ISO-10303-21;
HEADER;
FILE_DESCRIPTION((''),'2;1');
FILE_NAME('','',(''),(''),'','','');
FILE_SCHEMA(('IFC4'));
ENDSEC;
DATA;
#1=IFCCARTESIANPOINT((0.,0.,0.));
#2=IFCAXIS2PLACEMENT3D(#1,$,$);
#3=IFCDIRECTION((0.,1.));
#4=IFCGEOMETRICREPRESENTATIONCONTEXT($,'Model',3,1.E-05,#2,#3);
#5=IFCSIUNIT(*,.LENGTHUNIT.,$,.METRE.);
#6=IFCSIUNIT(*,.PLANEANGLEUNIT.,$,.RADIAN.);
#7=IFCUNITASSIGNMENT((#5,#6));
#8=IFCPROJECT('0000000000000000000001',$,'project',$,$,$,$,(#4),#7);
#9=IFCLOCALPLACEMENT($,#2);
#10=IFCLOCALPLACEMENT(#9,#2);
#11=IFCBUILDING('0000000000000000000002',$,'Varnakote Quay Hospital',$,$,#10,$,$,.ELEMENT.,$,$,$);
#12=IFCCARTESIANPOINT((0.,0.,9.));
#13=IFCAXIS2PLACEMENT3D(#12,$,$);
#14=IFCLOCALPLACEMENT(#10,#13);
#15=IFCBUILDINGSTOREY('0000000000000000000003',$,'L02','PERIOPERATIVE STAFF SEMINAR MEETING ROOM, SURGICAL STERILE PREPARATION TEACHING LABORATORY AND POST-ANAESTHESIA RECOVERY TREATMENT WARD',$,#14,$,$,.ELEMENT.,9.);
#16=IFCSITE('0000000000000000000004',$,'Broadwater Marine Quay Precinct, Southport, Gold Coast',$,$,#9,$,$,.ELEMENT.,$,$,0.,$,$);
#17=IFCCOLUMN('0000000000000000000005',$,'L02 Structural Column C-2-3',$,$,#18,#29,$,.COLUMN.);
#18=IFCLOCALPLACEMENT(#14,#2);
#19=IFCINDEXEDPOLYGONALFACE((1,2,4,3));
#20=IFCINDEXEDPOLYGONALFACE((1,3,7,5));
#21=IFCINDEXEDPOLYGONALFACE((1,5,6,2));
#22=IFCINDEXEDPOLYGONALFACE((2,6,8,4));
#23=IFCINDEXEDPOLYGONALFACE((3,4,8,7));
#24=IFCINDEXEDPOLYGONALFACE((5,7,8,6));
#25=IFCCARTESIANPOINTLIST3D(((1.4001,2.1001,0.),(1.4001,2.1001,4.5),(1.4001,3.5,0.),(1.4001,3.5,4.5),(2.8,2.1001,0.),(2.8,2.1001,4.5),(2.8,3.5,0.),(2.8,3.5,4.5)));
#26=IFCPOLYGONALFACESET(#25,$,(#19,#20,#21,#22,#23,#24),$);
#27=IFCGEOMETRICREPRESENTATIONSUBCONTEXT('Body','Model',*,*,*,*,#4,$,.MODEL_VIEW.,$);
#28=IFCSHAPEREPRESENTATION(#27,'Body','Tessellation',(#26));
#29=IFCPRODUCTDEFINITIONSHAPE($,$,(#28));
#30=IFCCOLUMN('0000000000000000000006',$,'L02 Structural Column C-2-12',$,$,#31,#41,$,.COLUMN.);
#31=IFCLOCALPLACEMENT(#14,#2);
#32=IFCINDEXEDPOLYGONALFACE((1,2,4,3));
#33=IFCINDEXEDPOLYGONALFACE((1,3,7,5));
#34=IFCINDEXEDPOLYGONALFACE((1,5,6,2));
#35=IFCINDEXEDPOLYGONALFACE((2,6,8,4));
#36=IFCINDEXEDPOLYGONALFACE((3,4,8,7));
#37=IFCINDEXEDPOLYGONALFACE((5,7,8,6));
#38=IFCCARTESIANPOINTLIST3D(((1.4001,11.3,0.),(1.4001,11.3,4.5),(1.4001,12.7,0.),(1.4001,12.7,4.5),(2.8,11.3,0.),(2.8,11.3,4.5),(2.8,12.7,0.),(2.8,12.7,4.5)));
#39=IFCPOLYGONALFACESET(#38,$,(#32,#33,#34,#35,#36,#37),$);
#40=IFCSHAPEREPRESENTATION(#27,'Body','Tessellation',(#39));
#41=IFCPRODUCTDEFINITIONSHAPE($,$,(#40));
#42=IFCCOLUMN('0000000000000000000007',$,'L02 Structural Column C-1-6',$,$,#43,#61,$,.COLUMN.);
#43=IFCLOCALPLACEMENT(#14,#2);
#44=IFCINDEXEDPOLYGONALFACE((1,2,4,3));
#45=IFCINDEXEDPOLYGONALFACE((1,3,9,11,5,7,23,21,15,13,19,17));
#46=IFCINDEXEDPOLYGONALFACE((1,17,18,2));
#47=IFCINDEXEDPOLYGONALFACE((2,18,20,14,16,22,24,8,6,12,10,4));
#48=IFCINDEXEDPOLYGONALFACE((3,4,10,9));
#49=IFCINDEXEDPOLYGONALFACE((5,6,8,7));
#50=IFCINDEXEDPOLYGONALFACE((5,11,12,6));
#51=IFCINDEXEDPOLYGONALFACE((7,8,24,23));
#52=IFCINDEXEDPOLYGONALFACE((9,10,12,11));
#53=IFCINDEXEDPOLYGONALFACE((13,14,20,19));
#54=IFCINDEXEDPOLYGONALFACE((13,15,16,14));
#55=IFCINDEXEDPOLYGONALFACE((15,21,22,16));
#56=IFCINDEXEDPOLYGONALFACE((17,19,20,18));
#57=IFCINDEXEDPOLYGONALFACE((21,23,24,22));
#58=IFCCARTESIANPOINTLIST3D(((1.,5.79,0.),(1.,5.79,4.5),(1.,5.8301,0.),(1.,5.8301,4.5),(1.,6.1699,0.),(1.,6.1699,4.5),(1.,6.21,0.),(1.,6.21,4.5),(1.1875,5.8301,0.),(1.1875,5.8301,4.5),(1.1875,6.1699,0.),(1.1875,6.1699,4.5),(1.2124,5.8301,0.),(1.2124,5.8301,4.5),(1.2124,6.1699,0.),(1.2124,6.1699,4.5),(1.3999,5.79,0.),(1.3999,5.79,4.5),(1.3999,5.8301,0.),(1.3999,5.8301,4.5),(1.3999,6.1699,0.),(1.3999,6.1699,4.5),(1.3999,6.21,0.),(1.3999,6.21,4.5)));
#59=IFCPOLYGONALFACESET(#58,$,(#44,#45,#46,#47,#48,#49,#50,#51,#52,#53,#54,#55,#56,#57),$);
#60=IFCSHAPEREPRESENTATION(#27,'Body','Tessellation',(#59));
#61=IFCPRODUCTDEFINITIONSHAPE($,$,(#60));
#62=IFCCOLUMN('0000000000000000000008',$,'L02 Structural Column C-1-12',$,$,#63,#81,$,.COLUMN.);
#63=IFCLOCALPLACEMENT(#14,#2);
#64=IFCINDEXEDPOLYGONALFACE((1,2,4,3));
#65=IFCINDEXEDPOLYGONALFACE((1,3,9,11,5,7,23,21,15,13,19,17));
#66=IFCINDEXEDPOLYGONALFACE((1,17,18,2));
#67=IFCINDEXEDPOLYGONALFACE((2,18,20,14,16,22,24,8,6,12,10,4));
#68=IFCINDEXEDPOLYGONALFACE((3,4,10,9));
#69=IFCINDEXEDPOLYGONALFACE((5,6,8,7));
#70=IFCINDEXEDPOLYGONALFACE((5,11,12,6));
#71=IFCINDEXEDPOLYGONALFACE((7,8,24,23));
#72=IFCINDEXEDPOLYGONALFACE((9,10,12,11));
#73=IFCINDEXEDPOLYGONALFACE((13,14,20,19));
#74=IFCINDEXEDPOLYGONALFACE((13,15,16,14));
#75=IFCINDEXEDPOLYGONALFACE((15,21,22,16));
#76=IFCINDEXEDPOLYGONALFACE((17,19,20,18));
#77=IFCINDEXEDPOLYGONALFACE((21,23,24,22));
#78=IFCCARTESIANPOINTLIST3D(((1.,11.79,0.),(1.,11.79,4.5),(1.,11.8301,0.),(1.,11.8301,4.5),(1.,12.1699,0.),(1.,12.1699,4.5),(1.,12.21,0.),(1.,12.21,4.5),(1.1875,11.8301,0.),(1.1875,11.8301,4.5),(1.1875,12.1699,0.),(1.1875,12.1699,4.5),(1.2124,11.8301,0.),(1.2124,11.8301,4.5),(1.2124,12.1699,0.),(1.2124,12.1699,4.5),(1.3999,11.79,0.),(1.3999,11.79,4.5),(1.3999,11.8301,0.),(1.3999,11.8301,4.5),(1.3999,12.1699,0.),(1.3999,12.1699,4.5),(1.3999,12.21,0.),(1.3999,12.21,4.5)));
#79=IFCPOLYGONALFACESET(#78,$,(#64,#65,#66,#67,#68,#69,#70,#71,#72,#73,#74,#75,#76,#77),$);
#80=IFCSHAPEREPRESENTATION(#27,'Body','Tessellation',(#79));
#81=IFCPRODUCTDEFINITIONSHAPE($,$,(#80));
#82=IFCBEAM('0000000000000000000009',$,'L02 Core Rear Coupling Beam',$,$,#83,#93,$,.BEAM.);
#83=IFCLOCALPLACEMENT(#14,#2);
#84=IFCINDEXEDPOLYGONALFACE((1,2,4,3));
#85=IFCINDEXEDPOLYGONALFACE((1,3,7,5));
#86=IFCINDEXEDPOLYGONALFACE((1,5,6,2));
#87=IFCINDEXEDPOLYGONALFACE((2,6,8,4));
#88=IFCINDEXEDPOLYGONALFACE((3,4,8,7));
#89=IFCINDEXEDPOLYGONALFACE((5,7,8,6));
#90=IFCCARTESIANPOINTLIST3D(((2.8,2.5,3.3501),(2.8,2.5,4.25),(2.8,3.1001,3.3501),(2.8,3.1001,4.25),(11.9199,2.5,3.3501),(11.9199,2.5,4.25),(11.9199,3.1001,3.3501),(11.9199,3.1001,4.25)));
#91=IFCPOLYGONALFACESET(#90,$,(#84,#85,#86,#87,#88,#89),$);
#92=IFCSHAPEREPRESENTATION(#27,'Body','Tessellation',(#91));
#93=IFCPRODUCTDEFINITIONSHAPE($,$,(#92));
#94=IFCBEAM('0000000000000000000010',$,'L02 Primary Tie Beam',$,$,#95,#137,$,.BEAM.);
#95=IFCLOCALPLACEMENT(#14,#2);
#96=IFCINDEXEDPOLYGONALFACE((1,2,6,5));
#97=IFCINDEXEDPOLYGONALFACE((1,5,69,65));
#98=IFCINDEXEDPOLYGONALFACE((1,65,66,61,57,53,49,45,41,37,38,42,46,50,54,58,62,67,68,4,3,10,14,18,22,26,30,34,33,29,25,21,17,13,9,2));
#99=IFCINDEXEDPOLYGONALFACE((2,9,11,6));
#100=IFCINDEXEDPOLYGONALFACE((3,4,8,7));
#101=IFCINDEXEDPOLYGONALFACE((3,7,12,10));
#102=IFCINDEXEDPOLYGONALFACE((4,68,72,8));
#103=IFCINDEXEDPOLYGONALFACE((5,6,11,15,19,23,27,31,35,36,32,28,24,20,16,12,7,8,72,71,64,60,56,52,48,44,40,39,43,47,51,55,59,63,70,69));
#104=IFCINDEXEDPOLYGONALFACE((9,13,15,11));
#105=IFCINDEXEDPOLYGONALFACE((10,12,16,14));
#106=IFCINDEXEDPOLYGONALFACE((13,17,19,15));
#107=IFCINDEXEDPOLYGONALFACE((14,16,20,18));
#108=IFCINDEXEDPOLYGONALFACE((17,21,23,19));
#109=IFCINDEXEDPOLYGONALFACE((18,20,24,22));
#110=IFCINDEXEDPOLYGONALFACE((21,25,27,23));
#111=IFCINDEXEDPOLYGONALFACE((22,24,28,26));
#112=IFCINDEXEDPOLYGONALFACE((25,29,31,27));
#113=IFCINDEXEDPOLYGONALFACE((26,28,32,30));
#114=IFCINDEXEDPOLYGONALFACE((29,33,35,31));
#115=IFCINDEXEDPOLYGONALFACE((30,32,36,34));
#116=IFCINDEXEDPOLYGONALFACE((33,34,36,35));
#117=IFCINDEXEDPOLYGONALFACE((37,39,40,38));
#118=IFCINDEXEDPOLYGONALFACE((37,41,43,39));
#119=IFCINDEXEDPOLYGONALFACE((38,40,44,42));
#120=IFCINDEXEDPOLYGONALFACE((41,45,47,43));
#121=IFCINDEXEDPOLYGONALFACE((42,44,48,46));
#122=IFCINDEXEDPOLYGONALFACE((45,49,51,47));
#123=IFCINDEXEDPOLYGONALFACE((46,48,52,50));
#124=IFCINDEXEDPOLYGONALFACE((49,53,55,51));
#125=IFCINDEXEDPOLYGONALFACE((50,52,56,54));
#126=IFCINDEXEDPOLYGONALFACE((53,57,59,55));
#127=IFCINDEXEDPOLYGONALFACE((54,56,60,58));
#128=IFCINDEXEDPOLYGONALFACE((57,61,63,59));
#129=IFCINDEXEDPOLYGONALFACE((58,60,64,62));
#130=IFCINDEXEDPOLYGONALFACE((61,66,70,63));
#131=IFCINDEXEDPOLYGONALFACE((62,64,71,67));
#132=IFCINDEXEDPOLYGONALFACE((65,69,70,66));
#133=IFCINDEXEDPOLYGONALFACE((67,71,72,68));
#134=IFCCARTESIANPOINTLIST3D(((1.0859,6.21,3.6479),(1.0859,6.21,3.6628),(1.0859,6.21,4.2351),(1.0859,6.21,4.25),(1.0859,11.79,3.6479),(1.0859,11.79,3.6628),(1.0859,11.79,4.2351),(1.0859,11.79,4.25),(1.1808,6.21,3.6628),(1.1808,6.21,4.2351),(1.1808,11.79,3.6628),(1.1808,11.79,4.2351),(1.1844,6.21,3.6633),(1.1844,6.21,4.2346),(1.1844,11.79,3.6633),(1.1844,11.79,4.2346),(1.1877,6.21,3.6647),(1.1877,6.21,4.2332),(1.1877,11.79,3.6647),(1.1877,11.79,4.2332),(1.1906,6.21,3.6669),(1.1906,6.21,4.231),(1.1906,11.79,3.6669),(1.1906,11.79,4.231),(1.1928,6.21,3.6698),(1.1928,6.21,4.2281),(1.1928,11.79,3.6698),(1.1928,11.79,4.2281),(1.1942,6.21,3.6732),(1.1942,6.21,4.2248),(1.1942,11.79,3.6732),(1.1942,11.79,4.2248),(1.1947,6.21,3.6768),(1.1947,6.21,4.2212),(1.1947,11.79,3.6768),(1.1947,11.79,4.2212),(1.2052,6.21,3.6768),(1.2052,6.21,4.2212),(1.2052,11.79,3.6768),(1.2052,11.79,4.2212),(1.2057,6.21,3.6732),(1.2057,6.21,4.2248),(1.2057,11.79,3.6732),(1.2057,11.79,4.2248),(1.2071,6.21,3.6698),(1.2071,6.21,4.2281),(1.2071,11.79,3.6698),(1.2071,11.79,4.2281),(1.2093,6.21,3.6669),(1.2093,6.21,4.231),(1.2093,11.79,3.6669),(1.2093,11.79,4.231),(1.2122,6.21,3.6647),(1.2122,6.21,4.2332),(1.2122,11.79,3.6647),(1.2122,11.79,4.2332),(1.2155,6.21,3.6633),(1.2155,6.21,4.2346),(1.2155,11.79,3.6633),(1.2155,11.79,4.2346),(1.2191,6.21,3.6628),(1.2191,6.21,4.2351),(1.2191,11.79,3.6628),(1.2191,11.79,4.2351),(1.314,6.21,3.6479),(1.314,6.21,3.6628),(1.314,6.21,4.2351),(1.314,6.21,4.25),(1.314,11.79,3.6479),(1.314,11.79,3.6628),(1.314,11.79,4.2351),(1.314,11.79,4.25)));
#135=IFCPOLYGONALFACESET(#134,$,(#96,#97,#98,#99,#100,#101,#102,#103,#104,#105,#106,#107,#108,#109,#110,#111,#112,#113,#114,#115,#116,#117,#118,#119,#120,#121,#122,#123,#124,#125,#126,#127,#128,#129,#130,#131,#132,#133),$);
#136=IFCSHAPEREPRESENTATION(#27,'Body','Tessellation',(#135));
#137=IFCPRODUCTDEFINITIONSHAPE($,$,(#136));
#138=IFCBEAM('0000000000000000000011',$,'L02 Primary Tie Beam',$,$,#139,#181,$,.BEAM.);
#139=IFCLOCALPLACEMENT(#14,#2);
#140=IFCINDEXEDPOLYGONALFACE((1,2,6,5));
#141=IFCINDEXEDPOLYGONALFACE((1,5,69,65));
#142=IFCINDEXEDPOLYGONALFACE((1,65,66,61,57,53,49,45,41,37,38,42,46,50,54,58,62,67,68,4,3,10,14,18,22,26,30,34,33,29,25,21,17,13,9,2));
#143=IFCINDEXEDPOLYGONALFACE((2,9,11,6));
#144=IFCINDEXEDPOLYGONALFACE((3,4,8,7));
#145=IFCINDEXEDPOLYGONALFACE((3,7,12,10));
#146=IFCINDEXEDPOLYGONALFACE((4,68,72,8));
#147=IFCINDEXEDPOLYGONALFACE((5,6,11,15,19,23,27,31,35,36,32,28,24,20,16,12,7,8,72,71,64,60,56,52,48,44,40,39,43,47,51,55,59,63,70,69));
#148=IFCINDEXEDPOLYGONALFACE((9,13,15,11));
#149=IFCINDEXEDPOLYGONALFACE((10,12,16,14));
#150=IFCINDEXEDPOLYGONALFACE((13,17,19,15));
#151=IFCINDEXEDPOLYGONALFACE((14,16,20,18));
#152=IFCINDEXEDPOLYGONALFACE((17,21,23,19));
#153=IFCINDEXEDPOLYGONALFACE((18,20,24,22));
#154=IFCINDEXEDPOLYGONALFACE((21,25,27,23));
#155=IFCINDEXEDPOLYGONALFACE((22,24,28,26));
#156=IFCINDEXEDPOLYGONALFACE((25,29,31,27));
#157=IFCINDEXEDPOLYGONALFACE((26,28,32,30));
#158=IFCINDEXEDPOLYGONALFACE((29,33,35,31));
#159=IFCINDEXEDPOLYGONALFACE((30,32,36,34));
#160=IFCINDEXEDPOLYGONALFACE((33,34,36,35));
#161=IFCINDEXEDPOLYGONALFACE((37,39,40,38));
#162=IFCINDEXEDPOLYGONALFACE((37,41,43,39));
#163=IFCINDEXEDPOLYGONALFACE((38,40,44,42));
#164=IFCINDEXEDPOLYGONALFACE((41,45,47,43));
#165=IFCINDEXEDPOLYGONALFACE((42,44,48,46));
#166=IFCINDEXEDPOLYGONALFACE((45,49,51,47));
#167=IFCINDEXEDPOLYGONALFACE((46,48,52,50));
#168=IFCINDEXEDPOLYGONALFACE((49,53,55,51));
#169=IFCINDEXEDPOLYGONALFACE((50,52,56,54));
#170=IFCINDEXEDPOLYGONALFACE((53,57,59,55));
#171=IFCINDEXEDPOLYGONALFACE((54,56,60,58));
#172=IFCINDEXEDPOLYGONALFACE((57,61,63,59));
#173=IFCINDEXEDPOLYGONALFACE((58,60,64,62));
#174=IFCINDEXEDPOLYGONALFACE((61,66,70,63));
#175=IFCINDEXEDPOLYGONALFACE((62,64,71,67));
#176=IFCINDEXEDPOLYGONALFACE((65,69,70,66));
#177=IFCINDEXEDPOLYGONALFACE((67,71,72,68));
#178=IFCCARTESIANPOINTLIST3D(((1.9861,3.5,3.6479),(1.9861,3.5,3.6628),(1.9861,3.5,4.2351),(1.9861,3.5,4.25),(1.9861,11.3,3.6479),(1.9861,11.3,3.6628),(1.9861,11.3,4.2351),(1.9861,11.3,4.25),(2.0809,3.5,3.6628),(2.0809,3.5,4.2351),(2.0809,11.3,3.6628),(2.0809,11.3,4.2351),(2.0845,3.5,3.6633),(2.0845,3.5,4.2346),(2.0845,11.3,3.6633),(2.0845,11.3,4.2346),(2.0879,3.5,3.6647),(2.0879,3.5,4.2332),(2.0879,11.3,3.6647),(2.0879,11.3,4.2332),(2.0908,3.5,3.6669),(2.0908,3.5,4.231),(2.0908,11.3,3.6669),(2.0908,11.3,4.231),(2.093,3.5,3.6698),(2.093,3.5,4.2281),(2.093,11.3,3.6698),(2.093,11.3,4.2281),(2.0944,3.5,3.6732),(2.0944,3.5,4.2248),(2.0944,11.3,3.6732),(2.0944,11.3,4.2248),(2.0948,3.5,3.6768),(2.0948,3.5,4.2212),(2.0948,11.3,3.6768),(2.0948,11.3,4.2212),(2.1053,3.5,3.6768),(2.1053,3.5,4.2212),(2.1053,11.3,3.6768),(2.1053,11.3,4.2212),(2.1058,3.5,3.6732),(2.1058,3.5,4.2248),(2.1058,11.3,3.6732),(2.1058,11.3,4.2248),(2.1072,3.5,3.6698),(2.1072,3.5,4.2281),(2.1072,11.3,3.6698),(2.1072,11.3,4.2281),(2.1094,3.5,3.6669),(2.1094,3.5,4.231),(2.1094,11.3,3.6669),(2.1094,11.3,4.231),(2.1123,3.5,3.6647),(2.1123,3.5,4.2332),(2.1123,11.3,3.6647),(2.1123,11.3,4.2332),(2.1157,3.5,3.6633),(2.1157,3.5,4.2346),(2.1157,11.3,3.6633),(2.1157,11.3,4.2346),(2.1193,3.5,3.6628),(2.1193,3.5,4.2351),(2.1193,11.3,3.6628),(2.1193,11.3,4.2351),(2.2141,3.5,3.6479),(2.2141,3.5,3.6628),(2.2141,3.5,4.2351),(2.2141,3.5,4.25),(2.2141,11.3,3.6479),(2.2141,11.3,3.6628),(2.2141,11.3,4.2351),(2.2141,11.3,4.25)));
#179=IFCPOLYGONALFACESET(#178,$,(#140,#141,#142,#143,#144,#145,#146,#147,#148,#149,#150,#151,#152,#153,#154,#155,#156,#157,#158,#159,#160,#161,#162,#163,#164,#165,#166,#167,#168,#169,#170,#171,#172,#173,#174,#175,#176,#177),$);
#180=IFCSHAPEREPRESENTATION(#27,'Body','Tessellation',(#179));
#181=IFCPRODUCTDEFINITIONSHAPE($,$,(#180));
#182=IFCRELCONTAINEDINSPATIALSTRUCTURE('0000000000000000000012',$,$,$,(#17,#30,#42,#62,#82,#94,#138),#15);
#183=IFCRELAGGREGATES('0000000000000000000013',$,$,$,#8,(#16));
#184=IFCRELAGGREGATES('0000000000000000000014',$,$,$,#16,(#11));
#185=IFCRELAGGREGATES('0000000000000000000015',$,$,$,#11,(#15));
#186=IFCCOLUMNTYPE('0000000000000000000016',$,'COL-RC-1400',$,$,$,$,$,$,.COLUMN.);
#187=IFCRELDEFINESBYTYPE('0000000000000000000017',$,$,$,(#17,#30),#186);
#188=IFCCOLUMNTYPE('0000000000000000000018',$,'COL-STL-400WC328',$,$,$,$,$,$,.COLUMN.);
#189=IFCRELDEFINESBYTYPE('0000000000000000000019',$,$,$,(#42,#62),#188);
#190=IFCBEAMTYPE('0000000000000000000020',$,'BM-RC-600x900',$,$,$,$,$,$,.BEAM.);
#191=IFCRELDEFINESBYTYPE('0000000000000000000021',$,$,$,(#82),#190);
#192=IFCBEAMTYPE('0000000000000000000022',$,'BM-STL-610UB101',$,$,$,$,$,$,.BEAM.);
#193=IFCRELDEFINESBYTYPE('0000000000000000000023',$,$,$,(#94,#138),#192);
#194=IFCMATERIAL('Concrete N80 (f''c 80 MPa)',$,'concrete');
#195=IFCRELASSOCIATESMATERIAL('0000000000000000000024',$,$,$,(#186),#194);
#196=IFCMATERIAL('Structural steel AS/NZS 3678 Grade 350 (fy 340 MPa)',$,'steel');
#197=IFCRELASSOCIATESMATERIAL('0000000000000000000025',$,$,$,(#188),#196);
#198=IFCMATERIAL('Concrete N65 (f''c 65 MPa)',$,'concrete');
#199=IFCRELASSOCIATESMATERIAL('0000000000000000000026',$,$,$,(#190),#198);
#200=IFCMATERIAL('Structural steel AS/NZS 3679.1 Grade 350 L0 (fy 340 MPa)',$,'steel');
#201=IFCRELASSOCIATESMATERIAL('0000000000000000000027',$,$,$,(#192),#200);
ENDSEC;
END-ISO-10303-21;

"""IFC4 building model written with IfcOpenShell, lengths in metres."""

from ifc_helpers import new_model, si_unit, direction, frame, origin, origin_2d, place, context, subcontext, project, spatial, rectangle, i_section, extrude, material, material_profile, profile_set, type_object, element, save


model = new_model("IFC4")

# Units and contexts
model_context = context("Model", 3, precision=1e-05, world=origin(), true_north=direction((0.0, 1.0)))
body_context = subcontext(model_context, "Body", "Model", "MODEL_VIEW")
ifc_project = project(units=[si_unit("LENGTHUNIT", "METRE"), si_unit("PLANEANGLEUNIT", "RADIAN")], contexts=[model_context])

# Site, building, storey
site_placement = place(None, origin())
site = spatial("IfcSite", under=ifc_project, at=site_placement, Name="Broadwater Marine Quay Precinct, Southport, Gold Coast", CompositionType="ELEMENT", RefElevation=0.0)
building_placement = place(site_placement, origin())
building = spatial("IfcBuilding", under=site, at=building_placement, Name="Varnakote Quay Hospital", CompositionType="ELEMENT")
storey_placement = place(building_placement, frame((0.0, 0.0, 9.0)))
storey = spatial("IfcBuildingStorey", under=building, at=storey_placement, Name="L02", Description="PERIOPERATIVE STAFF SEMINAR MEETING ROOM, SURGICAL STERILE PREPARATION TEACHING LABORATORY AND POST-ANAESTHESIA RECOVERY TREATMENT WARD", CompositionType="ELEMENT", Elevation=9.0)

# Columns
ifc_material_1 = material(Name="Concrete N80 (f'c 80 MPa)", Category="concrete")
ifc_material_profile_1 = material_profile(ifc_material_1, rectangle(XDim=1.3999, YDim=1.3999, at=origin_2d()), Name="RC-COL-1400x1400")
ifc_profile_set_1 = profile_set([ifc_material_profile_1], Name="Concrete N80 (f'c 80 MPa)")
column_type_1 = type_object("IfcColumnType", Name="COL-RC-1400", PredefinedType="COLUMN", material=ifc_profile_set_1)
for number, where, z_axis, x_axis, name in (
    (1, (2.1001, 2.8, 0.0), (0.0, 0.0, 1.0), (1.0, 0.0, 0.0), "L02 Structural Column C-2-3"),
    (2, (2.1001, 12.0, 0.0), (0.0, 0.0, 1.0), (1.0, 0.0, 0.0), "L02 Structural Column C-2-12"),
):
    element("IfcColumn", number, at=place(storey_placement, frame(where, z_axis=z_axis, x_axis=x_axis)), inside=storey, type_object=column_type_1, Name=name, PredefinedType="COLUMN", context=body_context, shape_type="SweptSolid", body=[
        extrude(rectangle(XDim=1.3999, YDim=1.3999, at=origin_2d()), origin(), (0.0, 0.0, 1.0), 4.5),
    ])
ifc_material_2 = material(Name="Structural steel AS/NZS 3678 Grade 350 (fy 340 MPa)", Category="steel")
ifc_material_profile_2 = material_profile(ifc_material_2, i_section(OverallWidth=0.3999, OverallDepth=0.4199, WebThickness=0.0249, FlangeThickness=0.04, at=origin_2d()), Name="400WC328")
ifc_profile_set_2 = profile_set([ifc_material_profile_2], Name="Structural steel AS/NZS 3678 Grade 350 (fy 340 MPa)")
column_type_2 = type_object("IfcColumnType", Name="COL-STL-400WC328", PredefinedType="COLUMN", material=ifc_profile_set_2)
for number, where, z_axis, x_axis, name in (
    (3, (1.2, 6.0, 0.0), (0.0, 0.0, 1.0), (1.0, 0.0, 0.0), "L02 Structural Column C-1-6"),
    (4, (1.2, 12.0, 0.0), (0.0, 0.0, 1.0), (1.0, 0.0, 0.0), "L02 Structural Column C-1-12"),
):
    element("IfcColumn", number, at=place(storey_placement, frame(where, z_axis=z_axis, x_axis=x_axis)), inside=storey, type_object=column_type_2, Name=name, PredefinedType="COLUMN", context=body_context, shape_type="SweptSolid", body=[
        extrude(i_section(OverallWidth=0.3999, OverallDepth=0.4199, WebThickness=0.0249, FlangeThickness=0.04, at=origin_2d()), origin(), (0.0, 0.0, 1.0), 4.5),
    ])

# Beams
ifc_material_3 = material(Name="Concrete N65 (f'c 65 MPa)", Category="concrete")
ifc_material_profile_3 = material_profile(ifc_material_3, rectangle(XDim=0.6001, YDim=0.8999, at=origin_2d()), Name="RC-BM-600x900")
ifc_profile_set_3 = profile_set([ifc_material_profile_3], Name="Concrete N65 (f'c 65 MPa)")
beam_type_1 = type_object("IfcBeamType", Name="BM-RC-600x900", PredefinedType="BEAM", material=ifc_profile_set_3)
beam_1_placement = place(storey_placement, frame((2.8, 2.8, 3.8), z_axis=(1.0, 0.0, 0.0), x_axis=(0.0, 1.0, 0.0)))
element("IfcBeam", 5, at=beam_1_placement, inside=storey, type_object=beam_type_1, Name="L02 Core Rear Coupling Beam", PredefinedType="BEAM", context=body_context, shape_type="SweptSolid", body=[
    extrude(rectangle(XDim=0.6001, YDim=0.8999, at=origin_2d()), origin(), (0.0, 0.0, 1.0), 9.1199),
])
ifc_material_4 = material(Name="Structural steel AS/NZS 3679.1 Grade 350 L0 (fy 340 MPa)", Category="steel")
ifc_material_profile_4 = material_profile(ifc_material_4, i_section(OverallWidth=0.228, OverallDepth=0.6021, WebThickness=0.0105, FlangeThickness=0.0149, FilletRadius=0.0139, at=origin_2d()), Name="610UB101")
ifc_profile_set_4 = profile_set([ifc_material_profile_4], Name="Structural steel AS/NZS 3679.1 Grade 350 L0 (fy 340 MPa)")
beam_type_2 = type_object("IfcBeamType", Name="BM-STL-610UB101", PredefinedType="BEAM", material=ifc_profile_set_4)
beam_2_placement = place(storey_placement, frame((1.2, 6.21, 3.949), z_axis=(0.0, 1.0, 0.0), x_axis=(-1.0, 0.0, 0.0)))
element("IfcBeam", 6, at=beam_2_placement, inside=storey, type_object=beam_type_2, Name="L02 Primary Tie Beam", PredefinedType="BEAM", context=body_context, shape_type="SweptSolid", body=[
    extrude(i_section(OverallWidth=0.228, OverallDepth=0.6021, WebThickness=0.0105, FlangeThickness=0.0149, FilletRadius=0.0139, at=origin_2d()), origin(), (0.0, 0.0, 1.0), 5.5801),
])
beam_3_placement = place(storey_placement, frame((2.1001, 3.5, 3.949), z_axis=(0.0, 1.0, 0.0), x_axis=(-1.0, 0.0, 0.0)))
element("IfcBeam", 7, at=beam_3_placement, inside=storey, type_object=beam_type_2, Name="L02 Primary Tie Beam", PredefinedType="BEAM", context=body_context, shape_type="SweptSolid", body=[
    extrude(i_section(OverallWidth=0.228, OverallDepth=0.6021, WebThickness=0.0105, FlangeThickness=0.0149, FilletRadius=0.0139, at=origin_2d()), origin(), (0.0, 0.0, 1.0), 7.8),
])

save(model, "model.ifc")
